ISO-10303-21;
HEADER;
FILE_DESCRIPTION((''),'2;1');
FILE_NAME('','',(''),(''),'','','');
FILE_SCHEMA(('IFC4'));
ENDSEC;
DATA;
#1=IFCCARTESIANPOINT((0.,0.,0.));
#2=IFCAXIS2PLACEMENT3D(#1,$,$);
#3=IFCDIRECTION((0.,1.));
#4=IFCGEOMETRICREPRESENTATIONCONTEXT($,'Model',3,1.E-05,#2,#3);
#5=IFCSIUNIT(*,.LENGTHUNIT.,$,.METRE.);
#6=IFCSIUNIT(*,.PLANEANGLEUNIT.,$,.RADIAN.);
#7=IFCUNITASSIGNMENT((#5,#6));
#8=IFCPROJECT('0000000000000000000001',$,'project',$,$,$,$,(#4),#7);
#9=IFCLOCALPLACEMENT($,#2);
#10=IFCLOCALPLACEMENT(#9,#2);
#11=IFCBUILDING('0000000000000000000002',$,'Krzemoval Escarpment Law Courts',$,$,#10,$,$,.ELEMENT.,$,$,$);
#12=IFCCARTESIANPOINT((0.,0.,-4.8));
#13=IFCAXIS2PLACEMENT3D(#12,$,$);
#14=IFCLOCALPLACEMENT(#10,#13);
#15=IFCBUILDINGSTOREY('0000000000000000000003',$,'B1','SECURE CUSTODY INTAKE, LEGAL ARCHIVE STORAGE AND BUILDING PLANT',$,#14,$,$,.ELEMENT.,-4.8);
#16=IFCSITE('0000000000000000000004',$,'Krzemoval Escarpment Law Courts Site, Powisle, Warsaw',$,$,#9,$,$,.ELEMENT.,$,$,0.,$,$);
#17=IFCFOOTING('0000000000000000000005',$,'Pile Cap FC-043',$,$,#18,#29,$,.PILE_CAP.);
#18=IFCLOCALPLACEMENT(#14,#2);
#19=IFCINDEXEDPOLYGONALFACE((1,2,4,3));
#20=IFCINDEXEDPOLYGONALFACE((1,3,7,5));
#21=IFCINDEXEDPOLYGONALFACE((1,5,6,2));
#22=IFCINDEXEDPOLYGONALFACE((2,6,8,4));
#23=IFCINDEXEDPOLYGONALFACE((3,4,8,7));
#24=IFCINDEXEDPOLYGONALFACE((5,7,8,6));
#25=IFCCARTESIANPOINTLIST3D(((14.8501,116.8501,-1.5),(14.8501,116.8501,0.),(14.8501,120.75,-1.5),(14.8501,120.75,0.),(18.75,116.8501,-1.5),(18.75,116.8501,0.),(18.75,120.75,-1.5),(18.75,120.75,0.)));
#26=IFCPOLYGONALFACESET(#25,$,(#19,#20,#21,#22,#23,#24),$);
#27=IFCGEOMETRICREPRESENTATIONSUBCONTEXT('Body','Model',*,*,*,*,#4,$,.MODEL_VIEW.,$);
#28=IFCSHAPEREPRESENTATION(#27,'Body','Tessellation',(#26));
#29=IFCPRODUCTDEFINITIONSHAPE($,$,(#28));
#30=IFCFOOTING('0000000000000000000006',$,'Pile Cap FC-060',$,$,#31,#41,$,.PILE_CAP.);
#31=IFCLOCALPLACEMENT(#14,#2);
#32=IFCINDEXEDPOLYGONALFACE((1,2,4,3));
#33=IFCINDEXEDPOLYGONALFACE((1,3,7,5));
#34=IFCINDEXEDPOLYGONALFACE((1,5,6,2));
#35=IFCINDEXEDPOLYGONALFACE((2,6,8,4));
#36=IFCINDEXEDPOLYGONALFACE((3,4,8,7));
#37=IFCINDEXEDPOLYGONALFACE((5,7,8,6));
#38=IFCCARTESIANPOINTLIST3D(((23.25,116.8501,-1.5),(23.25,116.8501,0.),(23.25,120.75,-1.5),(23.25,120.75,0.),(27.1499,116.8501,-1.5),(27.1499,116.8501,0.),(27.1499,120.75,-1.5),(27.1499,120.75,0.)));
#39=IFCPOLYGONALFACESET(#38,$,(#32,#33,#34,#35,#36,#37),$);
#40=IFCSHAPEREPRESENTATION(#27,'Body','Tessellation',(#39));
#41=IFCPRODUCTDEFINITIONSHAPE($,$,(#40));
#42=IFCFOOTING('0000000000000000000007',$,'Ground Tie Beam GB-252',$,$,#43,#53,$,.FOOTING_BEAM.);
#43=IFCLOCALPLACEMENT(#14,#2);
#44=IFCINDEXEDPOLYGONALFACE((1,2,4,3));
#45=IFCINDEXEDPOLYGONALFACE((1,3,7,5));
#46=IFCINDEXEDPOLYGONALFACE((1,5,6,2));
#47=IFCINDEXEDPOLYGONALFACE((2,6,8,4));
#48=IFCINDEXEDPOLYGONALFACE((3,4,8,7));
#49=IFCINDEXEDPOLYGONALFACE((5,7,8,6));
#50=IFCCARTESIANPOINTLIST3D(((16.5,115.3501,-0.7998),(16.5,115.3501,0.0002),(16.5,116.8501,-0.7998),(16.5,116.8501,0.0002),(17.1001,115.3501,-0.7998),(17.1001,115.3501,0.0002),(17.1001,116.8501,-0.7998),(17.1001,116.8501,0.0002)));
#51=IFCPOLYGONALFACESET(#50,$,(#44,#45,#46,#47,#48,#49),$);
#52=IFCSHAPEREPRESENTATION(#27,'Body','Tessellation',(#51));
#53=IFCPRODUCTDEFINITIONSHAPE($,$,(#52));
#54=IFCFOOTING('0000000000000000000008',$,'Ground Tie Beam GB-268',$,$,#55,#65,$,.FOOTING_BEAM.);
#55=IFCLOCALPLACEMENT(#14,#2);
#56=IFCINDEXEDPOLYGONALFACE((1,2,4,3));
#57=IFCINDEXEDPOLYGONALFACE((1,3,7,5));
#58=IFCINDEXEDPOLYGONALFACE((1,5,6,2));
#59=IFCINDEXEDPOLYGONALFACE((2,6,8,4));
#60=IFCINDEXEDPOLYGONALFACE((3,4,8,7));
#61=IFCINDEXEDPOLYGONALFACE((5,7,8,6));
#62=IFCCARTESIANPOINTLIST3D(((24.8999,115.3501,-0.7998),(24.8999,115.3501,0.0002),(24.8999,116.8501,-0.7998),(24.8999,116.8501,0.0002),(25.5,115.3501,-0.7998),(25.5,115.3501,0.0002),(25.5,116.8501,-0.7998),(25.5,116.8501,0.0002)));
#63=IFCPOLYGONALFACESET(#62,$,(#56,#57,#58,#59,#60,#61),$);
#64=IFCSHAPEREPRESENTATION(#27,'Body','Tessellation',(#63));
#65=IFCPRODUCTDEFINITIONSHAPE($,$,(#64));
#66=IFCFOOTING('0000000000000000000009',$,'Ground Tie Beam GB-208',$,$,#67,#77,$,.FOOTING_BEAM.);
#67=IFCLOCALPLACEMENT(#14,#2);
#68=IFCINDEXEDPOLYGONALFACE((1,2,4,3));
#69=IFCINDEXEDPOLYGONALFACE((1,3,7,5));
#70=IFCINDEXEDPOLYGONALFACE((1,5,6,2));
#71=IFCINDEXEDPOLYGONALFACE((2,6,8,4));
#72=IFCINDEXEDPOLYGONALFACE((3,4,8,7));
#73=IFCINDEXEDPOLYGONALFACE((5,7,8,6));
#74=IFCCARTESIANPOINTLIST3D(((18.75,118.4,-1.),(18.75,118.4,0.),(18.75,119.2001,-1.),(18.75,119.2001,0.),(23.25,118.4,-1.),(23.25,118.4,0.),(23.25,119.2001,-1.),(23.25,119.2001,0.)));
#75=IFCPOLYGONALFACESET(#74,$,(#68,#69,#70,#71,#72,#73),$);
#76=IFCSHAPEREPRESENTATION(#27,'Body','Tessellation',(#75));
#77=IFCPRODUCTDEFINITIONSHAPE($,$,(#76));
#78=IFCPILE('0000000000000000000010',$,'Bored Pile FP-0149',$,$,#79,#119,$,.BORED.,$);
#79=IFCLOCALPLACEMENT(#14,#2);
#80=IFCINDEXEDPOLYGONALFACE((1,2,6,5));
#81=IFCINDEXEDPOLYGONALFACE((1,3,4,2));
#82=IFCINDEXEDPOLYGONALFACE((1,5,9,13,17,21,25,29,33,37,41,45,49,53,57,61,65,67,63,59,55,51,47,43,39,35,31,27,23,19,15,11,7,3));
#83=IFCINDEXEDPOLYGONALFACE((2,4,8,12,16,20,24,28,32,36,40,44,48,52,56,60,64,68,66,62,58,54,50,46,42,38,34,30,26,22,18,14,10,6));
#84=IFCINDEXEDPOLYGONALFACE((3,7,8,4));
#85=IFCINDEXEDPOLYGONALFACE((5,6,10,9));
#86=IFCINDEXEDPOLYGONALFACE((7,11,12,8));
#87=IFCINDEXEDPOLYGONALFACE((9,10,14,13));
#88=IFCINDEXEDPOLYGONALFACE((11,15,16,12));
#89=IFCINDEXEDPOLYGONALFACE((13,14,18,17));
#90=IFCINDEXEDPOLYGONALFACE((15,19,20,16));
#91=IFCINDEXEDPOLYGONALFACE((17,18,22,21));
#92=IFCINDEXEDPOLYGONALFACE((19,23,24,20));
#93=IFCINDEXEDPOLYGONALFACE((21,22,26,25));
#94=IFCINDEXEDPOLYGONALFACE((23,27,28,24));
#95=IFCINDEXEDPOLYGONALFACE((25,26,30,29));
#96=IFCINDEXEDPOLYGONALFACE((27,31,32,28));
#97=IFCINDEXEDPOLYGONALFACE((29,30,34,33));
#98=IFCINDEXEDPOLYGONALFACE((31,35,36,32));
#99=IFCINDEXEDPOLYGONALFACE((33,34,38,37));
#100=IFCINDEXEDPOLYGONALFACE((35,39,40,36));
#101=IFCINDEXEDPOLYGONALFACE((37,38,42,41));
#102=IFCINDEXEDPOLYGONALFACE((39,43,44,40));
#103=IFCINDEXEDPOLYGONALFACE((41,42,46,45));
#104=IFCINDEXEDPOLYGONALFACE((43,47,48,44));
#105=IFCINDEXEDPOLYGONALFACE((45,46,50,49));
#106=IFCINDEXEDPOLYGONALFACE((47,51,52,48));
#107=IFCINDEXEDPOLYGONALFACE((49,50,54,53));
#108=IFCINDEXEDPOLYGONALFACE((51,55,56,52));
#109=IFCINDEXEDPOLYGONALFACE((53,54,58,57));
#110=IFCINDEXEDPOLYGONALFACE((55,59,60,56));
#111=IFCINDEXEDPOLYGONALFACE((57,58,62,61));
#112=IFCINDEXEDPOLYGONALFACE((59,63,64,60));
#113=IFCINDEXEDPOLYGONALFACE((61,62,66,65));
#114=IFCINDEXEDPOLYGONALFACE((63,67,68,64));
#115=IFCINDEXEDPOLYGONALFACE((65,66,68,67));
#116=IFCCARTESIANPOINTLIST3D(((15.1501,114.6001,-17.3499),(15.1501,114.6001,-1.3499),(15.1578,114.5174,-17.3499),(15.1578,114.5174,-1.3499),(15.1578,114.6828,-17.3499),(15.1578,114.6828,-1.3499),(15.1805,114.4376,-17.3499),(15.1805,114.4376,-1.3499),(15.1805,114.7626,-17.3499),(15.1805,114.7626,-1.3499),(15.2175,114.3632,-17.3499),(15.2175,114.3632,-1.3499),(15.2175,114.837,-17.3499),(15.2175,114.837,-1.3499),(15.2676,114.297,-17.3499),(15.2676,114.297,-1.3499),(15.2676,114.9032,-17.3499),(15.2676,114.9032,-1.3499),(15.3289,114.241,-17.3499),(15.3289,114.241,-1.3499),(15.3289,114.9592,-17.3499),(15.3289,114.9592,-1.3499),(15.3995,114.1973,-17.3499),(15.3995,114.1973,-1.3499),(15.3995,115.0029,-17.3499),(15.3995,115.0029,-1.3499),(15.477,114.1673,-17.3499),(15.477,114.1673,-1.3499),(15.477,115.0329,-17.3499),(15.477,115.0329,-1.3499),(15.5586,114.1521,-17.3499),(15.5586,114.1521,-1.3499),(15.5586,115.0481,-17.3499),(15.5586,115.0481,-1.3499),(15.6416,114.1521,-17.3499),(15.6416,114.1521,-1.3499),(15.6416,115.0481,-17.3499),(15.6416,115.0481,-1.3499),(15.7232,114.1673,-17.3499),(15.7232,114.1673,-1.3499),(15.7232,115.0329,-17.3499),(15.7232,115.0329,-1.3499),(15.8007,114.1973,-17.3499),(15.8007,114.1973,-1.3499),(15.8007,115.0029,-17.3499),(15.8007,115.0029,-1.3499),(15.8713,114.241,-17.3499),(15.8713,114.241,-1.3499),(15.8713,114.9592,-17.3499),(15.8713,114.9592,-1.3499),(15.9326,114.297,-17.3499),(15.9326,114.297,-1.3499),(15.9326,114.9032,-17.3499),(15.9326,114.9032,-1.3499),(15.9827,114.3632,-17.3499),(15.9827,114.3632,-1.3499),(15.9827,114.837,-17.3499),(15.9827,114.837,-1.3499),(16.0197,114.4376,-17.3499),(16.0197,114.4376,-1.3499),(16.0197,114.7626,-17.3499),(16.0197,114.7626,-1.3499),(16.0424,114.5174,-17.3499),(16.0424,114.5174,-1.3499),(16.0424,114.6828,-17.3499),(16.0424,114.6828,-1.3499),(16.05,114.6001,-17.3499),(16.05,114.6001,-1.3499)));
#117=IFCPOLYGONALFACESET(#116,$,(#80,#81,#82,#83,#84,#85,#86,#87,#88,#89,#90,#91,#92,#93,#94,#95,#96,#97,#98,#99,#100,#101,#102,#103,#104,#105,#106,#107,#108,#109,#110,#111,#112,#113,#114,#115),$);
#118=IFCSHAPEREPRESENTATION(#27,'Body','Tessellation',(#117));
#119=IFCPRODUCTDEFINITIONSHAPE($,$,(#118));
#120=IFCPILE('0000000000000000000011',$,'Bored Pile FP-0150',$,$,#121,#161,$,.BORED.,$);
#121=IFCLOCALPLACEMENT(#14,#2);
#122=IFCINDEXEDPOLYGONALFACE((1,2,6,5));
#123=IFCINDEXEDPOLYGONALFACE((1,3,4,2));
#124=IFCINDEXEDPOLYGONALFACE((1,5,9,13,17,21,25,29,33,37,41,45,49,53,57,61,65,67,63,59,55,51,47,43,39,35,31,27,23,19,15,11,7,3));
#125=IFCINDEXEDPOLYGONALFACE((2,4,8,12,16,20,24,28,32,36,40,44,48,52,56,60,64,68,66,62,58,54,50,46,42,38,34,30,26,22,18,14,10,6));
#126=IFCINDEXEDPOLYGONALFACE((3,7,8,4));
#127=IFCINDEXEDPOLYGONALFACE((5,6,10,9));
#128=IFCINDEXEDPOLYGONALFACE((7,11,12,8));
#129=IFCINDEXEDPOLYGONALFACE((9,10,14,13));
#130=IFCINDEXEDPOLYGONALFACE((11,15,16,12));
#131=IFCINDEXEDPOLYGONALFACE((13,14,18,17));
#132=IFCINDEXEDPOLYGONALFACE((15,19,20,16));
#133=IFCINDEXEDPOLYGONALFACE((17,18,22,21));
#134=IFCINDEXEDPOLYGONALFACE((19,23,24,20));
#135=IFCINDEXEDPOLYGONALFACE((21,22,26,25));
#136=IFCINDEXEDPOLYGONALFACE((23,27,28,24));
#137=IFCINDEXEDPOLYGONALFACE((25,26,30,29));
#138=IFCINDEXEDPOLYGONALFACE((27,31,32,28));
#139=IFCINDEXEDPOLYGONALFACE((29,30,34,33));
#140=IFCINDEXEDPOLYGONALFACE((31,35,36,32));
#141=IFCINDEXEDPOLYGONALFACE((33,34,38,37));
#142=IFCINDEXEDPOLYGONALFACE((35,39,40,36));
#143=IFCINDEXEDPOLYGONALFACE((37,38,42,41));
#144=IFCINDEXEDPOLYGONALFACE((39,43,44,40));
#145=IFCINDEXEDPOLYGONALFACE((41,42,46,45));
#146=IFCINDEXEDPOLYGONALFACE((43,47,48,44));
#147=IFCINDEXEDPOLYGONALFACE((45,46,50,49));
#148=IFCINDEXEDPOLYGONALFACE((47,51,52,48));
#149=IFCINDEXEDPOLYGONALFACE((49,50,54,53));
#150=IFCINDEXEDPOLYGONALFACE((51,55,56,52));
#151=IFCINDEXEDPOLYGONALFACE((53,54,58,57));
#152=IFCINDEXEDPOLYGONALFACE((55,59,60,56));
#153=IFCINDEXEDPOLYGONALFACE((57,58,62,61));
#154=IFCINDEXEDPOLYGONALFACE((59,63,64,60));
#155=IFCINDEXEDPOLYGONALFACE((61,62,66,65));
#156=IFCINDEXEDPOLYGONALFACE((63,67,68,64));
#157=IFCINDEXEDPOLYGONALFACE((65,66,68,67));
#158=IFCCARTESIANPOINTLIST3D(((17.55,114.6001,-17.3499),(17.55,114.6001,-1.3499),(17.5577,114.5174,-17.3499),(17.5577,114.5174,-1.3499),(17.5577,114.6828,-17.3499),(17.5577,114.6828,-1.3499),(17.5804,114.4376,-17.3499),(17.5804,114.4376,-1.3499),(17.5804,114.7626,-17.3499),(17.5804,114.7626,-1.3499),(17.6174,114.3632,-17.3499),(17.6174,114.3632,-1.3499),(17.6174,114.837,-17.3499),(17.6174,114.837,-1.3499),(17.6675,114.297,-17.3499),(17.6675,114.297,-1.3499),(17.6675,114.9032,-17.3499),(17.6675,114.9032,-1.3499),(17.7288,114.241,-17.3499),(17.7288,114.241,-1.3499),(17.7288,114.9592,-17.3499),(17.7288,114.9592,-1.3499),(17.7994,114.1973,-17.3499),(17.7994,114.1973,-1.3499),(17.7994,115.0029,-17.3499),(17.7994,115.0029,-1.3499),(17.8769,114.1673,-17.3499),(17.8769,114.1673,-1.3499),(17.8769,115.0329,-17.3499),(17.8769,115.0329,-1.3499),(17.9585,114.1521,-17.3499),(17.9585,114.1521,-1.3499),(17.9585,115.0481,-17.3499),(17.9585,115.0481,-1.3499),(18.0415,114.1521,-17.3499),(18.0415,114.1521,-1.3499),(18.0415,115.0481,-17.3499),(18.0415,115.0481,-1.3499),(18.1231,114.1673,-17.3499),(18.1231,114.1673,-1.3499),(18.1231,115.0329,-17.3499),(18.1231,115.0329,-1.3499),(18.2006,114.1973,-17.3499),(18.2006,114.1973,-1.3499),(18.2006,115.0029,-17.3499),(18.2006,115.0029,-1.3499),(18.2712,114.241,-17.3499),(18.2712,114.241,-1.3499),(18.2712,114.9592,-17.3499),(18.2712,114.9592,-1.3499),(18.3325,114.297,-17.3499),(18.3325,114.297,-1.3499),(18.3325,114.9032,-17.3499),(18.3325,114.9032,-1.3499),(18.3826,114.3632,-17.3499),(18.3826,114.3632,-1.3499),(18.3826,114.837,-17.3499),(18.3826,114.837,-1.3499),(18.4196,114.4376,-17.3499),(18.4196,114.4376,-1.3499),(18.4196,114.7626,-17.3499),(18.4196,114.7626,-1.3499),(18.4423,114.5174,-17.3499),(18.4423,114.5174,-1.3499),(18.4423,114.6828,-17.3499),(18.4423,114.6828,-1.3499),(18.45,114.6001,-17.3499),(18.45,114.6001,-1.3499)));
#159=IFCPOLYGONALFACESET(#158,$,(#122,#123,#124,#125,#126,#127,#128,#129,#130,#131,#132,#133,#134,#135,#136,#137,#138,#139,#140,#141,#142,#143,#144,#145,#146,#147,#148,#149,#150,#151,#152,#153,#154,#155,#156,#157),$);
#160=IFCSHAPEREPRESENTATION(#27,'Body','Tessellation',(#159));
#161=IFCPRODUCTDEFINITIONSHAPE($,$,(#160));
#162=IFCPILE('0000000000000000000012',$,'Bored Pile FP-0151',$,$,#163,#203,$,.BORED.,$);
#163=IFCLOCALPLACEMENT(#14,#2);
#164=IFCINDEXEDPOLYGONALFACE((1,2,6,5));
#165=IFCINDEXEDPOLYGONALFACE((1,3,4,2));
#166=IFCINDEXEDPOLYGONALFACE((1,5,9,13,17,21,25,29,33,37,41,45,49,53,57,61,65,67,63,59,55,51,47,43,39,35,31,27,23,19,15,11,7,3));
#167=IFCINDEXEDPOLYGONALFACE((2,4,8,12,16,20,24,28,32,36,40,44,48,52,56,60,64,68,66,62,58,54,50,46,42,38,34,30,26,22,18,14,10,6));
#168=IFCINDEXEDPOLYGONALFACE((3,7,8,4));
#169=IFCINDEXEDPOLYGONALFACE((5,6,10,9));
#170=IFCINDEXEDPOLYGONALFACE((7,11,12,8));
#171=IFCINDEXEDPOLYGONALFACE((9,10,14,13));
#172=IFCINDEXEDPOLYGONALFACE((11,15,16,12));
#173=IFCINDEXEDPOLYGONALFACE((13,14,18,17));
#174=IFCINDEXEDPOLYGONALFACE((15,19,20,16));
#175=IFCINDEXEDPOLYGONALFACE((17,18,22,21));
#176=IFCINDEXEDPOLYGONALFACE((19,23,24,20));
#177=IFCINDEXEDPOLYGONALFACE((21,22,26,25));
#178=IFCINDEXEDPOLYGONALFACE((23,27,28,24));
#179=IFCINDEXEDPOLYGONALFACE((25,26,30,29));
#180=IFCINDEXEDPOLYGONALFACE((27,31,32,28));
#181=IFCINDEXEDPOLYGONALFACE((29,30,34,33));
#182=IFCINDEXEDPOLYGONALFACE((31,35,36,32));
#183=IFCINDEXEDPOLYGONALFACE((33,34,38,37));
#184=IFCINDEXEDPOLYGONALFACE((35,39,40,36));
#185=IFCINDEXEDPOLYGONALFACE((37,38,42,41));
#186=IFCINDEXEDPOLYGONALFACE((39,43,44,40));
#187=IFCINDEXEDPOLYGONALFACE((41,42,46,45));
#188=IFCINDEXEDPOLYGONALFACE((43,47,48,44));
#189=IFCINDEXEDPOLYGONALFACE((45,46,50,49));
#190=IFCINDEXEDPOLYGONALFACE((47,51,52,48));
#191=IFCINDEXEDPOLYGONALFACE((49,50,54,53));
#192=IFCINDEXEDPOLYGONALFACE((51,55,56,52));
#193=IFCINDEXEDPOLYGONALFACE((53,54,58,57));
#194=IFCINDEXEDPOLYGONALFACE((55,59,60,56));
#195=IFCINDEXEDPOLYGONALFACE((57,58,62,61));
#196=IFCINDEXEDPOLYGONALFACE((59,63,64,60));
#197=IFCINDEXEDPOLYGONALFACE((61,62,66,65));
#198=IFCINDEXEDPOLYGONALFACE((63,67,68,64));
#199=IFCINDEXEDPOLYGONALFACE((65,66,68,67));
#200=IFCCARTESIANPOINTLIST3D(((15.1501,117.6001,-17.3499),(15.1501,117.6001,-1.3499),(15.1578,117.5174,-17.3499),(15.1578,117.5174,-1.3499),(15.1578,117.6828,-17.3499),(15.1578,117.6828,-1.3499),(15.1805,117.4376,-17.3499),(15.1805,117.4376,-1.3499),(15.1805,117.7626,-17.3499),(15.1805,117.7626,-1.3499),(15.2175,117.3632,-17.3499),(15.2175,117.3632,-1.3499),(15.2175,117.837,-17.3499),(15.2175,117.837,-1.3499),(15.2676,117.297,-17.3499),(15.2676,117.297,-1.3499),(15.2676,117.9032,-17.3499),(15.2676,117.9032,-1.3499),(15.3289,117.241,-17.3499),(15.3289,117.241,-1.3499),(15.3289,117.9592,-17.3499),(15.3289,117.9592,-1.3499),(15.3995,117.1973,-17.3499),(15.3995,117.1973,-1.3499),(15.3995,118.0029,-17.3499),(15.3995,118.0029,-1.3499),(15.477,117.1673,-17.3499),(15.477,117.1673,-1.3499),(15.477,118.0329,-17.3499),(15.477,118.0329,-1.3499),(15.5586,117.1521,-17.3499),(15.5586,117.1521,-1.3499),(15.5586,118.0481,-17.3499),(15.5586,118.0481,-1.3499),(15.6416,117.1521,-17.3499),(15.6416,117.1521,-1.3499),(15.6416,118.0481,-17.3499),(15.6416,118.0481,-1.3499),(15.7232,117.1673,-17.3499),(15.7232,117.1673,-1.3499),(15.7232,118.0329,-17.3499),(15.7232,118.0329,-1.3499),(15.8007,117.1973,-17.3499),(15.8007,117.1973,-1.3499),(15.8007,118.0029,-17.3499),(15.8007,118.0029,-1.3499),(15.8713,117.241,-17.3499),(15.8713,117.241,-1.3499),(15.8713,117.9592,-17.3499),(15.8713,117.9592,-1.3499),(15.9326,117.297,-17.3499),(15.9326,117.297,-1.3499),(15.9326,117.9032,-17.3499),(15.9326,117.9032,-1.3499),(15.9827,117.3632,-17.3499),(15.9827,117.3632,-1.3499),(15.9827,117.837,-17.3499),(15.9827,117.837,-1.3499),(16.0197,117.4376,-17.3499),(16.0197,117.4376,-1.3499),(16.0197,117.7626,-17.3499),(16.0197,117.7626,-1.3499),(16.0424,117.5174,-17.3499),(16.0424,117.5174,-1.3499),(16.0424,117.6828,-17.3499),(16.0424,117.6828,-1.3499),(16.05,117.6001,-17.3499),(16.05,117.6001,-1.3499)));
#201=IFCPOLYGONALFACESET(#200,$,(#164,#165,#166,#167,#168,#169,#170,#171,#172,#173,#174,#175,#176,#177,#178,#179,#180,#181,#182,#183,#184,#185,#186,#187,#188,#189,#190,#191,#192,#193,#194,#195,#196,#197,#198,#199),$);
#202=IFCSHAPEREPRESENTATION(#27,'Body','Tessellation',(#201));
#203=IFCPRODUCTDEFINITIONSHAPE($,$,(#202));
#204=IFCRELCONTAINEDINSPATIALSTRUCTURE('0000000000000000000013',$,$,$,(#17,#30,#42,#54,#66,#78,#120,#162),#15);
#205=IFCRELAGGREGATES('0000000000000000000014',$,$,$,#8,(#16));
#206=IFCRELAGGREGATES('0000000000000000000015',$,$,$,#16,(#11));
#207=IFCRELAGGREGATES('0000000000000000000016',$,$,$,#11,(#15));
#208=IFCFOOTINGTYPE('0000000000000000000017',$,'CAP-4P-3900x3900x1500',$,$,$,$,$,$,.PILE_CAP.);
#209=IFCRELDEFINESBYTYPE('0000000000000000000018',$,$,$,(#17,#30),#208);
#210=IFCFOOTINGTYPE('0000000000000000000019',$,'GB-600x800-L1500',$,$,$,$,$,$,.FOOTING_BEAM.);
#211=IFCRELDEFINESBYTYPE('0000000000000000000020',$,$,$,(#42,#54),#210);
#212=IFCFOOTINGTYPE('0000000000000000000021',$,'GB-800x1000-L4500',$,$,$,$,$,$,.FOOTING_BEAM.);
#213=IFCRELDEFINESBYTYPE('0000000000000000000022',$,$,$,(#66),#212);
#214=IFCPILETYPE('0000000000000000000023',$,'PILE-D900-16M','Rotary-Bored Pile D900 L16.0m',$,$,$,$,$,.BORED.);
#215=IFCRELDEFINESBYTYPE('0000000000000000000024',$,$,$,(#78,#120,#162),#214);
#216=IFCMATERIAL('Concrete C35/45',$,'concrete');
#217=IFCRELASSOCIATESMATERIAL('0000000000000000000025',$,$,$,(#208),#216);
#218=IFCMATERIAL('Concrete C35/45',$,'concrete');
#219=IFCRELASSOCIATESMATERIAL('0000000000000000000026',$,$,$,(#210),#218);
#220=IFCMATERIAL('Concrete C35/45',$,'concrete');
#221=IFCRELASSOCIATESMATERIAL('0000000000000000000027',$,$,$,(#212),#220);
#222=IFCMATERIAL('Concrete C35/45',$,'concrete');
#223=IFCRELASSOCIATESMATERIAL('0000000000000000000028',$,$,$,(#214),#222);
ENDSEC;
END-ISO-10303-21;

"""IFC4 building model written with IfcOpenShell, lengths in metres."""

from ifc_helpers import new_model, si_unit, direction, frame, origin, origin_2d, place, context, subcontext, project, spatial, rectangle, circle, extrude, material, material_profile, profile_set, type_object, element, save


model = new_model("IFC4")

# Units and contexts
model_context = context("Model", 3, precision=1e-05, world=origin(), true_north=direction((0.0, 1.0)))
body_context = subcontext(model_context, "Body", "Model", "MODEL_VIEW")
ifc_project = project(units=[si_unit("LENGTHUNIT", "METRE"), si_unit("PLANEANGLEUNIT", "RADIAN")], contexts=[model_context])

# Site, building, storey
site_placement = place(None, origin())
site = spatial("IfcSite", under=ifc_project, at=site_placement, Name="Krzemoval Escarpment Law Courts Site, Powisle, Warsaw", CompositionType="ELEMENT", RefElevation=0.0)
building_placement = place(site_placement, origin())
building = spatial("IfcBuilding", under=site, at=building_placement, Name="Krzemoval Escarpment Law Courts", CompositionType="ELEMENT")
storey_placement = place(building_placement, frame((0.0, 0.0, -4.8)))
storey = spatial("IfcBuildingStorey", under=building, at=storey_placement, Name="B1", Description="SECURE CUSTODY INTAKE, LEGAL ARCHIVE STORAGE AND BUILDING PLANT", CompositionType="ELEMENT", Elevation=-4.8)

# Footings
ifc_material_1 = material(Name="Concrete C35/45", Category="concrete")
footing_type_1 = type_object("IfcFootingType", Name="CAP-4P-3900x3900x1500", PredefinedType="PILE_CAP", material=ifc_material_1)
for number, where, z_axis, x_axis, name in (
    (1, (16.8, 118.8, -1.5), (0.0, 0.0, 1.0), (1.0, 0.0, 0.0), "Pile Cap FC-043"),
    (2, (25.2, 118.8, -1.5), (0.0, 0.0, 1.0), (1.0, 0.0, 0.0), "Pile Cap FC-060"),
):
    element("IfcFooting", number, at=place(storey_placement, frame(where, z_axis=z_axis, x_axis=x_axis)), inside=storey, type_object=footing_type_1, Name=name, PredefinedType="PILE_CAP", context=body_context, shape_type="SweptSolid", body=[
        extrude(rectangle(XDim=3.8999, YDim=3.8999, at=origin_2d()), origin(), (0.0, 0.0, 1.0), 1.5),
    ])
ifc_material_2 = material(Name="Concrete C35/45", Category="concrete")
footing_type_2 = type_object("IfcFootingType", Name="GB-600x800-L1500", PredefinedType="FOOTING_BEAM", material=ifc_material_2)
for number, where, z_axis, x_axis, name in (
    (3, (16.8, 116.1001, -0.7998), (0.0, 0.0, 1.0), (0.0, 1.0, 0.0), "Ground Tie Beam GB-252"),
    (4, (25.2, 116.1001, -0.7998), (0.0, 0.0, 1.0), (0.0, 1.0, 0.0), "Ground Tie Beam GB-268"),
):
    element("IfcFooting", number, at=place(storey_placement, frame(where, z_axis=z_axis, x_axis=x_axis)), inside=storey, type_object=footing_type_2, Name=name, PredefinedType="FOOTING_BEAM", context=body_context, shape_type="SweptSolid", body=[
        extrude(rectangle(XDim=1.5, YDim=0.6001, at=origin_2d()), origin(), (0.0, 0.0, 1.0), 0.8),
    ])
ifc_material_3 = material(Name="Concrete C35/45", Category="concrete")
footing_type_3 = type_object("IfcFootingType", Name="GB-800x1000-L4500", PredefinedType="FOOTING_BEAM", material=ifc_material_3)
footing_placement = place(storey_placement, frame((21.0, 118.8, -1.0), z_axis=(0.0, 0.0, 1.0), x_axis=(1.0, 0.0, 0.0)))
element("IfcFooting", 5, at=footing_placement, inside=storey, type_object=footing_type_3, Name="Ground Tie Beam GB-208", PredefinedType="FOOTING_BEAM", context=body_context, shape_type="SweptSolid", body=[
    extrude(rectangle(XDim=4.5, YDim=0.8, at=origin_2d()), origin(), (0.0, 0.0, 1.0), 1.0),
])

# Piles
ifc_material_4 = material(Name="Concrete C35/45", Category="concrete")
ifc_material_profile_1 = material_profile(ifc_material_4, circle(Radius=0.45, at=origin_2d()), Name="PILE D900")
ifc_profile_set_1 = profile_set([ifc_material_profile_1], Name="Concrete C35/45")
pile_type = type_object("IfcPileType", Name="PILE-D900-16M", Description="Rotary-Bored Pile D900 L16.0m", PredefinedType="BORED", material=ifc_profile_set_1)
for number, where, z_axis, x_axis, name in (
    (6, (15.6001, 114.6001, -1.3499), (0.0, 0.0, -1.0), (1.0, 0.0, 0.0), "Bored Pile FP-0149"),
    (7, (18.0, 114.6001, -1.3499), (0.0, 0.0, -1.0), (1.0, 0.0, 0.0), "Bored Pile FP-0150"),
    (8, (15.6001, 117.6001, -1.3499), (0.0, 0.0, -1.0), (1.0, 0.0, 0.0), "Bored Pile FP-0151"),
):
    element("IfcPile", number, at=place(storey_placement, frame(where, z_axis=z_axis, x_axis=x_axis)), inside=storey, type_object=pile_type, Name=name, PredefinedType="BORED", context=body_context, shape_type="SweptSolid", body=[
        extrude(circle(Radius=0.45, at=origin_2d()), origin(), (0.0, 0.0, 1.0), 16.0),
    ])

save(model, "model.ifc")
